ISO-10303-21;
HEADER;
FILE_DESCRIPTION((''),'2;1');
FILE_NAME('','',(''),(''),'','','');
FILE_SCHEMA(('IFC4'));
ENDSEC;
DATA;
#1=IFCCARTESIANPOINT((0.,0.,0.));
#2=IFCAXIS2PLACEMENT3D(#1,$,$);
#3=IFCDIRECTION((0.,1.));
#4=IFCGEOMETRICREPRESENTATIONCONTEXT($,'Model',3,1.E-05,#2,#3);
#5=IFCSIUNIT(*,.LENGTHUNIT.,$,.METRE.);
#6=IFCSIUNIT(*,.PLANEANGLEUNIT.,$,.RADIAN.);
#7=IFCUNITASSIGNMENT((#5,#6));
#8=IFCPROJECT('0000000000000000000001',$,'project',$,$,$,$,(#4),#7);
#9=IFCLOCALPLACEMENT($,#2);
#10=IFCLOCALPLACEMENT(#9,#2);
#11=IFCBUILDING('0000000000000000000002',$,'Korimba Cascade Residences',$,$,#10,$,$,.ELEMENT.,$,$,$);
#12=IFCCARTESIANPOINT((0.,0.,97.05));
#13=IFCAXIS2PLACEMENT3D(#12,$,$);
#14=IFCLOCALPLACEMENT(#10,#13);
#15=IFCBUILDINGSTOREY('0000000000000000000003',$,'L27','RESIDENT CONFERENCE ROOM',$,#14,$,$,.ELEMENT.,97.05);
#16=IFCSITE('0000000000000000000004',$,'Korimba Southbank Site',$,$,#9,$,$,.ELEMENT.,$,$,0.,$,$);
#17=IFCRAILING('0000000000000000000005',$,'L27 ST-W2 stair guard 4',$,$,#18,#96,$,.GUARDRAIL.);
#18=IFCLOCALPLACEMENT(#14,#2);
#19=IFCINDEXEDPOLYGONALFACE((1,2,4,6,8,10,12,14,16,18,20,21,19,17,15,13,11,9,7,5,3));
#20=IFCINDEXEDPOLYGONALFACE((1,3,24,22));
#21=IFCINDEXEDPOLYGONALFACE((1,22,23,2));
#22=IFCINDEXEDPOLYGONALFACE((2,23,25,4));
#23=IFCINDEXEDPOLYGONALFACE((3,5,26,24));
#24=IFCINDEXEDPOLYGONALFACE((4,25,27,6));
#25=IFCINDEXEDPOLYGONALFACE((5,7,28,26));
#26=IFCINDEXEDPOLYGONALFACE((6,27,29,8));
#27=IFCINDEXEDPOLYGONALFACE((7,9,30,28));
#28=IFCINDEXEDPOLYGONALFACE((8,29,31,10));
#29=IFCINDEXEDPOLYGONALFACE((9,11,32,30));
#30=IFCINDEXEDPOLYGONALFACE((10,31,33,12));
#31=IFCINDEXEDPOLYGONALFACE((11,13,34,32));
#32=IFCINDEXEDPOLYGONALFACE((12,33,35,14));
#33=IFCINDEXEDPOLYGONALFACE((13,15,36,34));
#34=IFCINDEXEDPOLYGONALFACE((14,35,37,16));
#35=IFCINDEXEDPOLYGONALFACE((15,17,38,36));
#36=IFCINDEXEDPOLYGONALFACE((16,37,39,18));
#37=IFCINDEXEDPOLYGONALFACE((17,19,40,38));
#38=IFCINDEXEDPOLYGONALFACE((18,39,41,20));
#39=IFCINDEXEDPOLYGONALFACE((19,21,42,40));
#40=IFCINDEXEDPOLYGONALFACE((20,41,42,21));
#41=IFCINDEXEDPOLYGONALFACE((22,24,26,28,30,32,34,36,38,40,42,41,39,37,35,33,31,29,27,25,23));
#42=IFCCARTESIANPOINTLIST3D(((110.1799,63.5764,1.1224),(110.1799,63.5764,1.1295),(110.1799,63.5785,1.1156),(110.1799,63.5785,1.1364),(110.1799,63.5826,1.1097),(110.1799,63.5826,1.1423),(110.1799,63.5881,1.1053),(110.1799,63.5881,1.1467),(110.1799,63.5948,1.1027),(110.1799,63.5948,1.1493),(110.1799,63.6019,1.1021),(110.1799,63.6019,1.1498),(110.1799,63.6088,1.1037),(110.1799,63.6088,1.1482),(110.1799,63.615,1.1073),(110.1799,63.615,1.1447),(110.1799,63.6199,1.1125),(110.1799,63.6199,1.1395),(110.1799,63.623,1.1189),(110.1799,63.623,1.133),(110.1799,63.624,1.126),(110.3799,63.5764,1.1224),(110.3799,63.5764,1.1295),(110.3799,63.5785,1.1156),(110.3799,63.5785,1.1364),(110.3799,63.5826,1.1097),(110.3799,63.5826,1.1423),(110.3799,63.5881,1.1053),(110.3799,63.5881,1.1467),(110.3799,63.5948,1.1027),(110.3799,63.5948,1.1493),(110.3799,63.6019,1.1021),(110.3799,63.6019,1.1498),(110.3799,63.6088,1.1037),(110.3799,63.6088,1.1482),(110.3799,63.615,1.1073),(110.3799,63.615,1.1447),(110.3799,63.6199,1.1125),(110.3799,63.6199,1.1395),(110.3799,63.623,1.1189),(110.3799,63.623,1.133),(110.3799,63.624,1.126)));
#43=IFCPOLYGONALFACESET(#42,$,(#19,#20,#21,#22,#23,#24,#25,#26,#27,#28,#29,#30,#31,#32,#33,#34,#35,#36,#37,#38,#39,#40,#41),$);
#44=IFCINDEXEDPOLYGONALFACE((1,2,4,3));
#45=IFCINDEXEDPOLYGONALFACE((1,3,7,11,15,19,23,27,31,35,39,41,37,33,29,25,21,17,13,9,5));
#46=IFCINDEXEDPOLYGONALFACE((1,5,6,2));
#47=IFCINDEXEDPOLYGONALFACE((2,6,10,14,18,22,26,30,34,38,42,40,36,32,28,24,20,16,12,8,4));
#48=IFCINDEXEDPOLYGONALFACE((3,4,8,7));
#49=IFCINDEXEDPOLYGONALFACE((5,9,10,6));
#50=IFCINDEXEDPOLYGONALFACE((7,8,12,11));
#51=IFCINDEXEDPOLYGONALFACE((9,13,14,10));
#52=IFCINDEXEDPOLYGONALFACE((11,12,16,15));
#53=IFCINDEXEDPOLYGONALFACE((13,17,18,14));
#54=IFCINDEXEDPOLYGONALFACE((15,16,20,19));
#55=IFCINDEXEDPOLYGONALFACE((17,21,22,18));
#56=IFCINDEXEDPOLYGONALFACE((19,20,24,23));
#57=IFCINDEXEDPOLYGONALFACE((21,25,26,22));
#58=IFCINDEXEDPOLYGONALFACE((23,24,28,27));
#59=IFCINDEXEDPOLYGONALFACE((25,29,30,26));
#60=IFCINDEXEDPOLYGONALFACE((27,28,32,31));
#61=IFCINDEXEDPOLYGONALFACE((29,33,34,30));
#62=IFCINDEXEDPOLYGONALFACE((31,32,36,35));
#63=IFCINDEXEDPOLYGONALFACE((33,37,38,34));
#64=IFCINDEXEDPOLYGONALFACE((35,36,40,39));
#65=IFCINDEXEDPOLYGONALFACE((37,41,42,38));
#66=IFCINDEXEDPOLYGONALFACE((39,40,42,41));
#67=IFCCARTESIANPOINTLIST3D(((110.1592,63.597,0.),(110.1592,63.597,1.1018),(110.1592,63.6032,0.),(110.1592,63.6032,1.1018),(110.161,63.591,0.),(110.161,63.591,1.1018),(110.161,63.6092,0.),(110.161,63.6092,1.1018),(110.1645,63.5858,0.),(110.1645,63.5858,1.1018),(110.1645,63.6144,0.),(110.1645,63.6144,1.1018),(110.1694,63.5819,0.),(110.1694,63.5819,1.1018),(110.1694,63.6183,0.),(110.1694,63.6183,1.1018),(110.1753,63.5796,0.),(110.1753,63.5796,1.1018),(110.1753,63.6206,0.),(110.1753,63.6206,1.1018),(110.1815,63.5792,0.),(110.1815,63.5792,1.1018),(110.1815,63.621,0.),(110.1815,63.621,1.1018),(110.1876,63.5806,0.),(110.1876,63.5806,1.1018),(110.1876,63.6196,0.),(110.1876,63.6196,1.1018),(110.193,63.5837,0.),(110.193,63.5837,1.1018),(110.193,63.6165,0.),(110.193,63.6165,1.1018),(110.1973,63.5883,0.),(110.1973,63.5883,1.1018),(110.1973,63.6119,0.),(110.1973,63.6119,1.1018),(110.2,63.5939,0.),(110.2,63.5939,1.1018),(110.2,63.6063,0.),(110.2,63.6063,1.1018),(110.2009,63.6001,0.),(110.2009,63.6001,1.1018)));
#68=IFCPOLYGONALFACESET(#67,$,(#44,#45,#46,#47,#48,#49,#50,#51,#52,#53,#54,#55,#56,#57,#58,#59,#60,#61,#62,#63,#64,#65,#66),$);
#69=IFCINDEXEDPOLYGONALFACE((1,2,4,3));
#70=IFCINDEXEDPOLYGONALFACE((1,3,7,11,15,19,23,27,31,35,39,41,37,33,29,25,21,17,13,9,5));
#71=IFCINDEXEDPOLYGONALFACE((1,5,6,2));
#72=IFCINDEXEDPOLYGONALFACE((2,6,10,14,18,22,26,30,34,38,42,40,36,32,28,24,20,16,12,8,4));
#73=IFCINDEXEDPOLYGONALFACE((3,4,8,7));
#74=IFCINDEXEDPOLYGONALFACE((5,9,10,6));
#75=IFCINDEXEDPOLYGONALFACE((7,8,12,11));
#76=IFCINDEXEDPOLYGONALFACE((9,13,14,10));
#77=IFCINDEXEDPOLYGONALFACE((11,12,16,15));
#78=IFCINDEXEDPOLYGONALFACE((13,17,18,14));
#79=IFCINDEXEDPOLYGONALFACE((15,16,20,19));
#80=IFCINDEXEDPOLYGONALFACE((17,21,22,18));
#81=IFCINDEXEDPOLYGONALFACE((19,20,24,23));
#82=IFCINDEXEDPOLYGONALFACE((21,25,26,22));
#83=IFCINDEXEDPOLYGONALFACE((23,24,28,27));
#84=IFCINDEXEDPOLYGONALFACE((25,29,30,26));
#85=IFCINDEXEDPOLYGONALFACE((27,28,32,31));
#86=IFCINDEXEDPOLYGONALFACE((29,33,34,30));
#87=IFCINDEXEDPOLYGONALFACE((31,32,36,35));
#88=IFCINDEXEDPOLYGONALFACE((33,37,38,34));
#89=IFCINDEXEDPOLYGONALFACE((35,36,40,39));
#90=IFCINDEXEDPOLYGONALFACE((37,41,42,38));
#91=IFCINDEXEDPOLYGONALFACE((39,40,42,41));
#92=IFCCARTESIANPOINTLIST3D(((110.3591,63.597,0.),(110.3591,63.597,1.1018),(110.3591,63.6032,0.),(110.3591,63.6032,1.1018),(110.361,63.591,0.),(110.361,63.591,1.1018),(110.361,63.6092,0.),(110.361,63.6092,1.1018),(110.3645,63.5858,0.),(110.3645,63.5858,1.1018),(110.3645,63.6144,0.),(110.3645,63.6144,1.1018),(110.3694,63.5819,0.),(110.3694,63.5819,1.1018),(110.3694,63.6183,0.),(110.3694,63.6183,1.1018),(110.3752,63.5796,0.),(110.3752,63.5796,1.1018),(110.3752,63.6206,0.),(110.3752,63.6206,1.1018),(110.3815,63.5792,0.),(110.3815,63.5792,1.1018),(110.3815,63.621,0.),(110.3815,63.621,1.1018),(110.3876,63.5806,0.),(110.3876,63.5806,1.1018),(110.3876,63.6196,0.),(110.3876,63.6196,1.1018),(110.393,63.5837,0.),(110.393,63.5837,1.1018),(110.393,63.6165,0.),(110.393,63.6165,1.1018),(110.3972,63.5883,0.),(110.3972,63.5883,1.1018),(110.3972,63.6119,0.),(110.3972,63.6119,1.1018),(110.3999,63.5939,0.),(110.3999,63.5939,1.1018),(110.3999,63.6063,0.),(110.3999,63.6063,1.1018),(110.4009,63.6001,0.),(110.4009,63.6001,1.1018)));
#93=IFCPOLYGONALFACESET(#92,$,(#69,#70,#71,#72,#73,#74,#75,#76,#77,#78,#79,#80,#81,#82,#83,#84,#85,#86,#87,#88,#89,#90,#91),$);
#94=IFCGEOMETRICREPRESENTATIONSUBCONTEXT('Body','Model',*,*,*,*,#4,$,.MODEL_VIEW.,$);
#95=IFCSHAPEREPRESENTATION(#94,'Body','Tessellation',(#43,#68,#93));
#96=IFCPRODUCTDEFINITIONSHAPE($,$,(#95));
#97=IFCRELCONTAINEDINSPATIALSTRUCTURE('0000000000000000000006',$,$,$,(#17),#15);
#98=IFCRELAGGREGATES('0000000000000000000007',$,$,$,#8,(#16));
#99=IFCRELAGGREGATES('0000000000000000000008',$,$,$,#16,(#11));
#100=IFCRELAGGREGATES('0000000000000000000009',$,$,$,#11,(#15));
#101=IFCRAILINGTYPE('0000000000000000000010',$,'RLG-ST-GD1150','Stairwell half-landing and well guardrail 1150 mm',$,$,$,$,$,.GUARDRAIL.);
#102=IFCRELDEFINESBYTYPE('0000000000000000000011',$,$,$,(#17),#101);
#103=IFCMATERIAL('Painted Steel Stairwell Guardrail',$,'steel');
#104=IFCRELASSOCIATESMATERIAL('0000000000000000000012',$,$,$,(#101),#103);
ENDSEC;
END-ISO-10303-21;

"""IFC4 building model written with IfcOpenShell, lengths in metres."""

from ifc_helpers import new_model, si_unit, direction, frame, origin, origin_2d, place, context, subcontext, project, spatial, circle, extrude, material, type_object, element, save


model = new_model("IFC4")

# Units and contexts
model_context = context("Model", 3, precision=1e-05, world=origin(), true_north=direction((0.0, 1.0)))
body_context = subcontext(model_context, "Body", "Model", "MODEL_VIEW")
ifc_project = project(units=[si_unit("LENGTHUNIT", "METRE"), si_unit("PLANEANGLEUNIT", "RADIAN")], contexts=[model_context])

# Site, building, storey
site_placement = place(None, origin())
site = spatial("IfcSite", under=ifc_project, at=site_placement, Name="Korimba Southbank Site", CompositionType="ELEMENT", RefElevation=0.0)
building_placement = place(site_placement, origin())
building = spatial("IfcBuilding", under=site, at=building_placement, Name="Korimba Cascade Residences", CompositionType="ELEMENT")
storey_placement = place(building_placement, frame((0.0, 0.0, 97.05)))
storey = spatial("IfcBuildingStorey", under=building, at=storey_placement, Name="L27", Description="RESIDENT CONFERENCE ROOM", CompositionType="ELEMENT", Elevation=97.05)

# Railing
ifc_material_1 = material(Name="Painted Steel Stairwell Guardrail", Category="steel")
railing_type_1 = type_object("IfcRailingType", Name="RLG-ST-GD1150", Description="Stairwell half-landing and well guardrail 1150 mm", PredefinedType="GUARDRAIL", material=ifc_material_1)
railing_1_placement = place(storey_placement, frame((110.1799, 63.6001, 0.0)))
element("IfcRailing", 1, at=railing_1_placement, inside=storey, type_object=railing_type_1, Name="L27 ST-W2 stair guard 4", PredefinedType="GUARDRAIL", context=body_context, shape_type="SweptSolid", body=[
    extrude(circle(Radius=0.0239, at=origin_2d()), frame((0.0, 0.0, 1.126), z_axis=(1.0, 0.0, 0.0), x_axis=(0.0, 1.0, 0.0)), (0.0, 0.0, 1.0), 0.2),
    extrude(circle(Radius=0.021, at=origin_2d()), origin(), (0.0, 0.0, 1.0), 1.1018),
    extrude(circle(Radius=0.021, at=origin_2d()), frame((0.2, 0.0, 0.0)), (0.0, 0.0, 1.0), 1.1018),
])

save(model, "model.ifc")
